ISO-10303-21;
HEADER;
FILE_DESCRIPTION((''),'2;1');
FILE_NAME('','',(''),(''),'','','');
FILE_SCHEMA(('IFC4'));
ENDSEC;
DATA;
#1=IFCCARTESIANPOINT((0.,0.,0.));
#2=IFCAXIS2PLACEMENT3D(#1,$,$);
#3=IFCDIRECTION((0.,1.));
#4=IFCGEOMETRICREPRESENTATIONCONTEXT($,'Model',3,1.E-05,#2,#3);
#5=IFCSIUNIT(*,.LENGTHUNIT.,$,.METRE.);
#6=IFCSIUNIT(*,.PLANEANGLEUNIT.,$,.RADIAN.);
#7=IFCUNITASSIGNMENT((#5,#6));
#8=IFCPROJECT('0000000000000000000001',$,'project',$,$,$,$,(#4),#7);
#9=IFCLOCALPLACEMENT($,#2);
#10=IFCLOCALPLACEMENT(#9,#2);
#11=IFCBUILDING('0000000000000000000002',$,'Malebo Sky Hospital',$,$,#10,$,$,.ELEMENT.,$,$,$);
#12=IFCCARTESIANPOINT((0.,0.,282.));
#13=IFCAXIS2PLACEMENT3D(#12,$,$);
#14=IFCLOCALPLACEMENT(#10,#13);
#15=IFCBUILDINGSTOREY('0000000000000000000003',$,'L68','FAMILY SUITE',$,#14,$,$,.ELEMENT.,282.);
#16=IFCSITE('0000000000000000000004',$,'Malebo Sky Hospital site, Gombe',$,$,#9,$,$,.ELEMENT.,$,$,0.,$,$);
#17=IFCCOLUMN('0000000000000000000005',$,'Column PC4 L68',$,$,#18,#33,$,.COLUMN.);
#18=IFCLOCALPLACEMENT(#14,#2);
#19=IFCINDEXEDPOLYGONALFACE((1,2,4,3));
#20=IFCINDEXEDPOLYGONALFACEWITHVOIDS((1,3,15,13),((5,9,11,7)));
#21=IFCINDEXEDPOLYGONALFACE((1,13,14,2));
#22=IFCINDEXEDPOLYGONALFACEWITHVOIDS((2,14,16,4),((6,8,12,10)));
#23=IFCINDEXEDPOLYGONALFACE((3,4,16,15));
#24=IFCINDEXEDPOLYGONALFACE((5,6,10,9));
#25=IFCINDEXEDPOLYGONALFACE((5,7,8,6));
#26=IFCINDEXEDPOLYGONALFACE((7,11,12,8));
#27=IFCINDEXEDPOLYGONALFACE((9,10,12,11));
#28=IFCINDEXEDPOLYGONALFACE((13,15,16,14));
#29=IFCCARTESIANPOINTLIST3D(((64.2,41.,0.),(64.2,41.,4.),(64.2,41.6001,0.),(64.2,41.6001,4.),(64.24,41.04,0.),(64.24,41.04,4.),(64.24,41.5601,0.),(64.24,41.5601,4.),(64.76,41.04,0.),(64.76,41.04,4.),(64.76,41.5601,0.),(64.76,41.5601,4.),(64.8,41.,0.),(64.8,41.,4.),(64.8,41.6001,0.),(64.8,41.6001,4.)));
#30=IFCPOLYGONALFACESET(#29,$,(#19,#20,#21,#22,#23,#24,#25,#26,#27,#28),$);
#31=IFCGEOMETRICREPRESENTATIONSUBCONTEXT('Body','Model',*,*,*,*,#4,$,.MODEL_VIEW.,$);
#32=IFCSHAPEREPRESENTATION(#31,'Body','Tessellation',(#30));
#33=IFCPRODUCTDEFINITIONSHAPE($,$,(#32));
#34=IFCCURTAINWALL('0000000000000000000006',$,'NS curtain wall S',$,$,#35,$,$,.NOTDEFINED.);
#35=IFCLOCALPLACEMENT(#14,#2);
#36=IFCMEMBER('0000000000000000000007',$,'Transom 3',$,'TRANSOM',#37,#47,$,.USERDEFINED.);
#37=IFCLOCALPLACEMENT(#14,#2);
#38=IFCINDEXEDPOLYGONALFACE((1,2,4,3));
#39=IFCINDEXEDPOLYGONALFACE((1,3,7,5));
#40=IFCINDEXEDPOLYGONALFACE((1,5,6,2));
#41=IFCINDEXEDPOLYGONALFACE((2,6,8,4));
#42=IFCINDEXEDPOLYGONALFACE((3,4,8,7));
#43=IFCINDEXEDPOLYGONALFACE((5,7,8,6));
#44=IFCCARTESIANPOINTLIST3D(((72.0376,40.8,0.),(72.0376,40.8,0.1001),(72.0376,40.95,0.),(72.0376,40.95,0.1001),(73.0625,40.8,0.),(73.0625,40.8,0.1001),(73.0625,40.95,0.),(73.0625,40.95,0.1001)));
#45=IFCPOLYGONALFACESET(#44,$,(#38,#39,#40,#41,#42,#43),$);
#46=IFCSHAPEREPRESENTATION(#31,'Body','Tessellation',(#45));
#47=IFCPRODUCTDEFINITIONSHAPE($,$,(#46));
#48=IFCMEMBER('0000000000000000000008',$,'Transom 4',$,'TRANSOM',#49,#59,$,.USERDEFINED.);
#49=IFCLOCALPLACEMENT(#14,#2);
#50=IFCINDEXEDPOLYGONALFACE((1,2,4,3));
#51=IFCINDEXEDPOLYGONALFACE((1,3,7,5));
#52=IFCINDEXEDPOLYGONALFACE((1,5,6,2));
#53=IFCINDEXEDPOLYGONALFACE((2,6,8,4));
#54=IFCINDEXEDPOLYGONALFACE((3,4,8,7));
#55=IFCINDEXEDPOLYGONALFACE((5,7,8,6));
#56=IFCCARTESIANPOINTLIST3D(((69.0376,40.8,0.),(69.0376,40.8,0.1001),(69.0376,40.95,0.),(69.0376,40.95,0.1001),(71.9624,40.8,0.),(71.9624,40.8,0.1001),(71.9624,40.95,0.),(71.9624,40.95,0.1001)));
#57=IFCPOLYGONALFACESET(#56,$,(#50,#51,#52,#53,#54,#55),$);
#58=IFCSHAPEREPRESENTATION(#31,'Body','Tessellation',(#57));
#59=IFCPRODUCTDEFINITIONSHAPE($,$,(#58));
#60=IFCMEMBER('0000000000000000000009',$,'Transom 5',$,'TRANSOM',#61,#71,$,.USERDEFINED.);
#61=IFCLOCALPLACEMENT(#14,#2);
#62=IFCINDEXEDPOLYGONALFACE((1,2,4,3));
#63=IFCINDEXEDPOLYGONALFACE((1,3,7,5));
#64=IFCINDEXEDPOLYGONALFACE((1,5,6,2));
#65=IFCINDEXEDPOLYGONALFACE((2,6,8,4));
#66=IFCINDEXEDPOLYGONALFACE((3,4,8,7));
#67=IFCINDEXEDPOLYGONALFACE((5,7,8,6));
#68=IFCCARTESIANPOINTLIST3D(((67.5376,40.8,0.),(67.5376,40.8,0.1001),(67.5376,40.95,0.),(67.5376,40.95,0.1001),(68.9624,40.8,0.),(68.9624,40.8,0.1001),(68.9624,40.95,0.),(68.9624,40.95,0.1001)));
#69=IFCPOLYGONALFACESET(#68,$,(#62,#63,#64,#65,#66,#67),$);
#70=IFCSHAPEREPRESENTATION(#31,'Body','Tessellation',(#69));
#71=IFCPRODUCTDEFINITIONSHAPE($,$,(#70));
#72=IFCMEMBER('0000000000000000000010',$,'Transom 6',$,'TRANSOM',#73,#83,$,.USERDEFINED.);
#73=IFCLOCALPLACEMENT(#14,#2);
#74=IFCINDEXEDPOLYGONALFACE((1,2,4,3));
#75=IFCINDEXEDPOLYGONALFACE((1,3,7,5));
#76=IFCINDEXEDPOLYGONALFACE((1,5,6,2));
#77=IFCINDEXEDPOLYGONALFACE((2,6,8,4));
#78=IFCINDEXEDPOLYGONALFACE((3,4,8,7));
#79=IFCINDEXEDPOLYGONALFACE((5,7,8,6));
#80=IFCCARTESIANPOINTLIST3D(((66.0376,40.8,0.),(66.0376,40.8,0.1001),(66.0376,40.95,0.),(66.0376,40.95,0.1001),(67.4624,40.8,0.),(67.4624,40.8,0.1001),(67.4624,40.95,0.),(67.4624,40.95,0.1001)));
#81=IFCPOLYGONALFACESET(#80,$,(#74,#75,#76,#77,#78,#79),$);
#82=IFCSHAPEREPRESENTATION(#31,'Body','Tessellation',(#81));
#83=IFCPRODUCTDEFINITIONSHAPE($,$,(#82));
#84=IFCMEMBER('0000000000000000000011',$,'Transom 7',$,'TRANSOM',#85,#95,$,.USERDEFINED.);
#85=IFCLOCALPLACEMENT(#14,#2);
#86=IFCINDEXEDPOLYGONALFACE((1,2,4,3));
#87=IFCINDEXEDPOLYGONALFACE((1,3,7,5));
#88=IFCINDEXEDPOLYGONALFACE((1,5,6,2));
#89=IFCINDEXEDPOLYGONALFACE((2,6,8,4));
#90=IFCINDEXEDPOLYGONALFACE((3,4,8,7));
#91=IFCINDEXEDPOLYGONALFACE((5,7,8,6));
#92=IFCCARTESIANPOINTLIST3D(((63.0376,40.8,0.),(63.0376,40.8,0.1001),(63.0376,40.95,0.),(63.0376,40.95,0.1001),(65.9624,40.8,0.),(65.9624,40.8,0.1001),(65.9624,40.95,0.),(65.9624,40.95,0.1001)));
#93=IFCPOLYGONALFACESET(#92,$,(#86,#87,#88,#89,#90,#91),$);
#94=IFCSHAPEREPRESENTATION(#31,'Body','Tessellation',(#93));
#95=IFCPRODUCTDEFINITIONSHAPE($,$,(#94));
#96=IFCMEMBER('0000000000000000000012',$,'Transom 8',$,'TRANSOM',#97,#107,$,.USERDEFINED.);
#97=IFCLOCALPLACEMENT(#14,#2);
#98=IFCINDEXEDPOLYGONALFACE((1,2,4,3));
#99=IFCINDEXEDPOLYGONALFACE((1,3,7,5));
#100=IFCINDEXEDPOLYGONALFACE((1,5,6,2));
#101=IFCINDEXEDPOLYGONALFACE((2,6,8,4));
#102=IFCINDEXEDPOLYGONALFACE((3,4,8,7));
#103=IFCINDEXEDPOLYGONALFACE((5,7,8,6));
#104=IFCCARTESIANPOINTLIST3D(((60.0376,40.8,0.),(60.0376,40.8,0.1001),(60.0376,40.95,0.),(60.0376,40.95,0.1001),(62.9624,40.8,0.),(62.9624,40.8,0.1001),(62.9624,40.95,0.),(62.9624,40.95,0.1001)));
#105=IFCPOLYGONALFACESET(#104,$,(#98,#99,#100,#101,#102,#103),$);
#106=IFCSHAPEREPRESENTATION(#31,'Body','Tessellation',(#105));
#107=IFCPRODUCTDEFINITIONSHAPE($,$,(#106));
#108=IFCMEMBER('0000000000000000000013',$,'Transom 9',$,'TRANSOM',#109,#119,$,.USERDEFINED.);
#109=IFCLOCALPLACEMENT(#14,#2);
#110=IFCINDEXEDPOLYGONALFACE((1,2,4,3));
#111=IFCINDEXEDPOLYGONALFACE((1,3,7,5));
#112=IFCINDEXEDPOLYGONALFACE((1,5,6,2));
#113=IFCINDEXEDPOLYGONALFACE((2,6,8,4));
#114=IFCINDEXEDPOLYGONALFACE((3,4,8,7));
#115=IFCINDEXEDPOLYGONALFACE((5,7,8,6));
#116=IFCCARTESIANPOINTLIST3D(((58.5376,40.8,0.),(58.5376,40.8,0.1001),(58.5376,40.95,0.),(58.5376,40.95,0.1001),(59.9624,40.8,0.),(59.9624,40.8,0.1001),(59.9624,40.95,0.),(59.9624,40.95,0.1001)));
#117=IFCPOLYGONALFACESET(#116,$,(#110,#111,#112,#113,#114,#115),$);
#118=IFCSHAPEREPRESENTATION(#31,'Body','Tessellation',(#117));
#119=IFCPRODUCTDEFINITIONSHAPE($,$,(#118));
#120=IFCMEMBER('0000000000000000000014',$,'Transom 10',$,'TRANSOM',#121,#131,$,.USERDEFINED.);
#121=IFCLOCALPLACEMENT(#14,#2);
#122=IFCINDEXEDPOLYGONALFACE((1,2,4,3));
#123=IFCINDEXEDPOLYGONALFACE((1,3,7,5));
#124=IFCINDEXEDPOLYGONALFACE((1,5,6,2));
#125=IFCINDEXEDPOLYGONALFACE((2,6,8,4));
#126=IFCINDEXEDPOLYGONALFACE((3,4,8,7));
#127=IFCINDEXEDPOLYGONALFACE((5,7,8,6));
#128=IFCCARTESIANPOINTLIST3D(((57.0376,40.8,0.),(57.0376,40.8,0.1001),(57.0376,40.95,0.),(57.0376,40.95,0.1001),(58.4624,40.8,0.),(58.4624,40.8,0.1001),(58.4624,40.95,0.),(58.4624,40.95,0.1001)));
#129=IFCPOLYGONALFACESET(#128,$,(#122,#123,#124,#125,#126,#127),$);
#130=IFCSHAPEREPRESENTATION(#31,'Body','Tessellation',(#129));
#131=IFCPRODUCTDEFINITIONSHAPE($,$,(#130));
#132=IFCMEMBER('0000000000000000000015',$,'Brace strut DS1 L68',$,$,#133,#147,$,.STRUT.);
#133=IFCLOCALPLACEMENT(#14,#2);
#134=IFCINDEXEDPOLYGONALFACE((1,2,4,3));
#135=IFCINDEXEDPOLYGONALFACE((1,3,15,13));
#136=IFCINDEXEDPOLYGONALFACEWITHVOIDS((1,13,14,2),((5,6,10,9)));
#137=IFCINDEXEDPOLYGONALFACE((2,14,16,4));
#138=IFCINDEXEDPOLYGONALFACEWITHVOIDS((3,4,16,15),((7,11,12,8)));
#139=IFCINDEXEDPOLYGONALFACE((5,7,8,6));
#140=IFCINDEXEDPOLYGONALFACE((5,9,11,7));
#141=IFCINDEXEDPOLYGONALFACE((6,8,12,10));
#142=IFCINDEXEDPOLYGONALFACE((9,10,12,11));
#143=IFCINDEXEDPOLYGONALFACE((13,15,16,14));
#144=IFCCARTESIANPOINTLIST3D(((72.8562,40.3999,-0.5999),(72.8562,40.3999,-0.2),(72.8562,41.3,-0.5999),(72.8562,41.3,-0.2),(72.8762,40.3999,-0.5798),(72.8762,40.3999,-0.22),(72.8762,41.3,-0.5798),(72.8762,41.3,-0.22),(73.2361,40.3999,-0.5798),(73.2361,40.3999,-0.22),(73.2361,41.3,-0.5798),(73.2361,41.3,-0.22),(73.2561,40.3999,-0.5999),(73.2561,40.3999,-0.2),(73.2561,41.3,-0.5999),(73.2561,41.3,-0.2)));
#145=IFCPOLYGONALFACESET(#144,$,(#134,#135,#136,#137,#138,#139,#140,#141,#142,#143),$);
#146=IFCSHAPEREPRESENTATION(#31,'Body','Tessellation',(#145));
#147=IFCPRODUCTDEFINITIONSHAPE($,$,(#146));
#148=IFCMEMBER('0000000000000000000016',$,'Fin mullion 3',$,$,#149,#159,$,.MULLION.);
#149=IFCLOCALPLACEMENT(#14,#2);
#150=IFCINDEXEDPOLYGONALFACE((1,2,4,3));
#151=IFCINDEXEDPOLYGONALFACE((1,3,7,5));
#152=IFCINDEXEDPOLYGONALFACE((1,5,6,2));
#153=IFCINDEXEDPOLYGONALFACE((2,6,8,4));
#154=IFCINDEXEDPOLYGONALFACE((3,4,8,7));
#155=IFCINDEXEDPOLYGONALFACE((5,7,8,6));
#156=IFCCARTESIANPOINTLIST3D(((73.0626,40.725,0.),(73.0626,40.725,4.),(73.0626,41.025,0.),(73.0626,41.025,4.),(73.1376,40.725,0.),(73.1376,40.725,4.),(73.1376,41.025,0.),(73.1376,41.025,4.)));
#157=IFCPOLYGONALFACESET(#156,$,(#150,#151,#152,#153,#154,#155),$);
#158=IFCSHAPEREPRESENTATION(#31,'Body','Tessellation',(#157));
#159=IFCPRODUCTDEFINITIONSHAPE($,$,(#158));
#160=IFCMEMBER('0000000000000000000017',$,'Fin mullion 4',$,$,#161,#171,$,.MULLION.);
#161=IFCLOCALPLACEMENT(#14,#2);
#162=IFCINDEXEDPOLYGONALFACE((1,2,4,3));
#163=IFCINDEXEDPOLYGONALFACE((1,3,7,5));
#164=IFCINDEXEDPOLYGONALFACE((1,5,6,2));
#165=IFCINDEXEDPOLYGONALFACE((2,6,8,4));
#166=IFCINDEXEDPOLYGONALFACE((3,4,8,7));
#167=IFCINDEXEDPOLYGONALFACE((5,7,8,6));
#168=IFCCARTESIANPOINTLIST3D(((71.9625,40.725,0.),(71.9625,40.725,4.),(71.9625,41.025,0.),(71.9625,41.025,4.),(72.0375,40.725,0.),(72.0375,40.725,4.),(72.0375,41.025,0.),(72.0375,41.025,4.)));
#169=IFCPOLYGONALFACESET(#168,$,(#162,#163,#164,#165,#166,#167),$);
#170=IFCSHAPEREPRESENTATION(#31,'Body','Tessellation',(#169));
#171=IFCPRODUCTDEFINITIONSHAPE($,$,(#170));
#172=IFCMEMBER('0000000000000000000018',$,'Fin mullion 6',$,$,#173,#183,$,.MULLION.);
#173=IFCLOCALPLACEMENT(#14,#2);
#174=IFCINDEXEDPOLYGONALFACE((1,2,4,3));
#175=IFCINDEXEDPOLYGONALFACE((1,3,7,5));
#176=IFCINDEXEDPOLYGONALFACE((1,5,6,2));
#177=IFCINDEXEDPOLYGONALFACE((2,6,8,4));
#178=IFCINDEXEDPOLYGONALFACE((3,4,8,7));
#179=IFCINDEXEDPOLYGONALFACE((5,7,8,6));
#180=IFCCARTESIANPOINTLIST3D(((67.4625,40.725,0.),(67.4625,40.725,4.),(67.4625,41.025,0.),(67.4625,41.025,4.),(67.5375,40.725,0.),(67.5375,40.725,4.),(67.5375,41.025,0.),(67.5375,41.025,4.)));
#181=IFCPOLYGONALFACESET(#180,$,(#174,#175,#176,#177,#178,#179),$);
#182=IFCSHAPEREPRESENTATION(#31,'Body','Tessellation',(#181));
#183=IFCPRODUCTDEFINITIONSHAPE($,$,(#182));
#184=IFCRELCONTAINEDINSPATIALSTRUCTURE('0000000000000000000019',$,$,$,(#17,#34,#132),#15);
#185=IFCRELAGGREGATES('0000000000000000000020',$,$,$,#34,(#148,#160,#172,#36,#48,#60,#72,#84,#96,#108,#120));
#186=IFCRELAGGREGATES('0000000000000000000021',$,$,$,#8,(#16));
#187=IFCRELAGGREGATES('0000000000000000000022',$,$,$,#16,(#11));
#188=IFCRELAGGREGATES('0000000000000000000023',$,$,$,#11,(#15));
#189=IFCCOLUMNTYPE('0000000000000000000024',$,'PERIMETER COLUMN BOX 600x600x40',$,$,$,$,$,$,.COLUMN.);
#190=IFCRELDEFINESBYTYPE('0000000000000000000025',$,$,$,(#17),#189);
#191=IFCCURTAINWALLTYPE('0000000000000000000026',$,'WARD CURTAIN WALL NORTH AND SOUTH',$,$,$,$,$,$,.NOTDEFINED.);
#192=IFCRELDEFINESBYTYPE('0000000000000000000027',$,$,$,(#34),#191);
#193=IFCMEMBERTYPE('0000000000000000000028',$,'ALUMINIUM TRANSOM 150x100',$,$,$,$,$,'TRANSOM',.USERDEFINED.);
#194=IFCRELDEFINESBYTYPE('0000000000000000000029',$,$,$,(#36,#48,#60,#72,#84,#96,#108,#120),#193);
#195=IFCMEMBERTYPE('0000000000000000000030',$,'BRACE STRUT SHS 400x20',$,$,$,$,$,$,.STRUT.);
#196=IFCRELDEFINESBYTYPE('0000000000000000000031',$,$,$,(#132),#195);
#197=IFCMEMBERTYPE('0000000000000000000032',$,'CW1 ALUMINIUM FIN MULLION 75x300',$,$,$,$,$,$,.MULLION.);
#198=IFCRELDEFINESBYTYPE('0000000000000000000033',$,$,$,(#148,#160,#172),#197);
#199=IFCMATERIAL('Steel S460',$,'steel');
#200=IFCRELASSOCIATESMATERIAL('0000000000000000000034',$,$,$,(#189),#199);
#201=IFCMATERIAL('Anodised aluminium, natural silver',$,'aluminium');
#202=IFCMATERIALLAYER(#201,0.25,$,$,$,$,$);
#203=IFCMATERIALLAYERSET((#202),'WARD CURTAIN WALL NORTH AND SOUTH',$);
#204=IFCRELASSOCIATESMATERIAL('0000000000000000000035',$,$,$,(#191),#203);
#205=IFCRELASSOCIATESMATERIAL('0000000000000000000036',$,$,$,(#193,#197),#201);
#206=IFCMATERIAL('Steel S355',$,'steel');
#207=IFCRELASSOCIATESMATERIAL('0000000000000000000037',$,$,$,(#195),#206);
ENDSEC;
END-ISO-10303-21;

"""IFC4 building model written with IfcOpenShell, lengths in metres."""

from ifc_helpers import new_model, si_unit, direction, frame, origin, origin_2d, place, context, subcontext, project, spatial, rectangle, hollow_rectangle, extrude, material, layer, layer_set, material_profile, profile_set, type_object, element, aggregate, save


model = new_model("IFC4")

# Units and contexts
model_context = context("Model", 3, precision=1e-05, world=origin(), true_north=direction((0.0, 1.0)))
body_context = subcontext(model_context, "Body", "Model", "MODEL_VIEW")
ifc_project = project(units=[si_unit("LENGTHUNIT", "METRE"), si_unit("PLANEANGLEUNIT", "RADIAN")], contexts=[model_context])

# Site, building, storey
site_placement = place(None, origin())
site = spatial("IfcSite", under=ifc_project, at=site_placement, Name="Malebo Sky Hospital site, Gombe", CompositionType="ELEMENT", RefElevation=0.0)
building_placement = place(site_placement, origin())
building = spatial("IfcBuilding", under=site, at=building_placement, Name="Malebo Sky Hospital", CompositionType="ELEMENT")
storey_placement = place(building_placement, frame((0.0, 0.0, 282.0)))
storey = spatial("IfcBuildingStorey", under=building, at=storey_placement, Name="L68", Description="FAMILY SUITE", CompositionType="ELEMENT", Elevation=282.0)

# Column
ifc_material_1 = material(Name="Steel S460", Category="steel")
ifc_material_profile_1 = material_profile(ifc_material_1, hollow_rectangle(XDim=0.6001, YDim=0.6001, WallThickness=0.04, at=origin_2d()), Name="BOX 600x600x40")
ifc_profile_set_1 = profile_set([ifc_material_profile_1], Name="Steel S460")
column_type = type_object("IfcColumnType", Name="PERIMETER COLUMN BOX 600x600x40", PredefinedType="COLUMN", material=ifc_profile_set_1)
column_placement = place(storey_placement, frame((64.5, 41.3, 0.0), z_axis=(0.0, 0.0, 1.0), x_axis=(1.0, 0.0, 0.0)))
element("IfcColumn", 1, at=column_placement, inside=storey, type_object=column_type, Name="Column PC4 L68", PredefinedType="COLUMN", context=body_context, shape_type="SweptSolid", body=[
    extrude(hollow_rectangle(XDim=0.6001, YDim=0.6001, WallThickness=0.04, at=origin_2d()), origin(), (0.0, 0.0, 1.0), 4.0),
])

# Curtain wall, members
ifc_material_2 = material(Name="Anodised aluminium, natural silver", Category="aluminium")
ifc_layer_1 = layer(ifc_material_2, 0.25)
ifc_layer_set_1 = layer_set([ifc_layer_1], Name="WARD CURTAIN WALL NORTH AND SOUTH")
curtain_wall_type = type_object("IfcCurtainWallType", Name="WARD CURTAIN WALL NORTH AND SOUTH", PredefinedType="NOTDEFINED", material=ifc_layer_set_1)
curtain_wall_placement = place(storey_placement, origin())
curtain_wall = element("IfcCurtainWall", 2, at=curtain_wall_placement, inside=storey, type_object=curtain_wall_type, Name="NS curtain wall S", PredefinedType="NOTDEFINED")
ifc_material_profile_2 = material_profile(ifc_material_2, rectangle(XDim=0.1499, YDim=0.1001, at=origin_2d()), Name="ALUMINIUM TRANSOM 150x100")
ifc_profile_set_2 = profile_set([ifc_material_profile_2], Name="Anodised aluminium, natural silver")
member_type_1 = type_object("IfcMemberType", Name="ALUMINIUM TRANSOM 150x100", ElementType="TRANSOM", PredefinedType="USERDEFINED", material=ifc_profile_set_2)
member_1_placement = place(storey_placement, frame((73.0625, 40.875, 0.05), z_axis=(-1.0, 0.0, 0.0), x_axis=(0.0, -1.0, 0.0)))
member_1 = element("IfcMember", 3, at=member_1_placement, type_object=member_type_1, Name="Transom 3", ObjectType="TRANSOM", PredefinedType="USERDEFINED", context=body_context, shape_type="SweptSolid", body=[
    extrude(rectangle(XDim=0.1499, YDim=0.1001, at=origin_2d()), origin(), (0.0, 0.0, 1.0), 1.0249),
])
member_2_placement = place(storey_placement, frame((71.9624, 40.875, 0.05), z_axis=(-1.0, 0.0, 0.0), x_axis=(0.0, -1.0, 0.0)))
member_2 = element("IfcMember", 4, at=member_2_placement, type_object=member_type_1, Name="Transom 4", ObjectType="TRANSOM", PredefinedType="USERDEFINED", context=body_context, shape_type="SweptSolid", body=[
    extrude(rectangle(XDim=0.1499, YDim=0.1001, at=origin_2d()), origin(), (0.0, 0.0, 1.0), 2.9248),
])
member_3_placement = place(storey_placement, frame((68.9624, 40.875, 0.05), z_axis=(-1.0, 0.0, 0.0), x_axis=(0.0, -1.0, 0.0)))
member_3 = element("IfcMember", 5, at=member_3_placement, type_object=member_type_1, Name="Transom 5", ObjectType="TRANSOM", PredefinedType="USERDEFINED", context=body_context, shape_type="SweptSolid", body=[
    extrude(rectangle(XDim=0.1499, YDim=0.1001, at=origin_2d()), origin(), (0.0, 0.0, 1.0), 1.4248),
])
member_4_placement = place(storey_placement, frame((67.4624, 40.875, 0.05), z_axis=(-1.0, 0.0, 0.0), x_axis=(0.0, -1.0, 0.0)))
member_4 = element("IfcMember", 6, at=member_4_placement, type_object=member_type_1, Name="Transom 6", ObjectType="TRANSOM", PredefinedType="USERDEFINED", context=body_context, shape_type="SweptSolid", body=[
    extrude(rectangle(XDim=0.1499, YDim=0.1001, at=origin_2d()), origin(), (0.0, 0.0, 1.0), 1.4248),
])
member_5_placement = place(storey_placement, frame((65.9624, 40.875, 0.05), z_axis=(-1.0, 0.0, 0.0), x_axis=(0.0, -1.0, 0.0)))
member_5 = element("IfcMember", 7, at=member_5_placement, type_object=member_type_1, Name="Transom 7", ObjectType="TRANSOM", PredefinedType="USERDEFINED", context=body_context, shape_type="SweptSolid", body=[
    extrude(rectangle(XDim=0.1499, YDim=0.1001, at=origin_2d()), origin(), (0.0, 0.0, 1.0), 2.9248),
])
member_6_placement = place(storey_placement, frame((62.9624, 40.875, 0.05), z_axis=(-1.0, 0.0, 0.0), x_axis=(0.0, -1.0, 0.0)))
member_6 = element("IfcMember", 8, at=member_6_placement, type_object=member_type_1, Name="Transom 8", ObjectType="TRANSOM", PredefinedType="USERDEFINED", context=body_context, shape_type="SweptSolid", body=[
    extrude(rectangle(XDim=0.1499, YDim=0.1001, at=origin_2d()), origin(), (0.0, 0.0, 1.0), 2.9248),
])
member_7_placement = place(storey_placement, frame((59.9624, 40.875, 0.05), z_axis=(-1.0, 0.0, 0.0), x_axis=(0.0, -1.0, 0.0)))
member_7 = element("IfcMember", 9, at=member_7_placement, type_object=member_type_1, Name="Transom 9", ObjectType="TRANSOM", PredefinedType="USERDEFINED", context=body_context, shape_type="SweptSolid", body=[
    extrude(rectangle(XDim=0.1499, YDim=0.1001, at=origin_2d()), origin(), (0.0, 0.0, 1.0), 1.4248),
])
member_8_placement = place(storey_placement, frame((58.4624, 40.875, 0.05), z_axis=(-1.0, 0.0, 0.0), x_axis=(0.0, -1.0, 0.0)))
member_8 = element("IfcMember", 10, at=member_8_placement, type_object=member_type_1, Name="Transom 10", ObjectType="TRANSOM", PredefinedType="USERDEFINED", context=body_context, shape_type="SweptSolid", body=[
    extrude(rectangle(XDim=0.1499, YDim=0.1001, at=origin_2d()), origin(), (0.0, 0.0, 1.0), 1.4248),
])

# Members
ifc_material_3 = material(Name="Steel S355", Category="steel")
ifc_material_profile_3 = material_profile(ifc_material_3, hollow_rectangle(XDim=0.3999, YDim=0.3999, WallThickness=0.02, at=origin_2d()), Name="SHS 400x20")
ifc_profile_set_3 = profile_set([ifc_material_profile_3], Name="Steel S355")
member_type_2 = type_object("IfcMemberType", Name="BRACE STRUT SHS 400x20", PredefinedType="STRUT", material=ifc_profile_set_3)
member_9_placement = place(storey_placement, frame((73.0562, 40.3999, -0.3999), z_axis=(0.0, 1.0, 0.0), x_axis=(-1.0, 0.0, 0.0)))
element("IfcMember", 11, at=member_9_placement, inside=storey, type_object=member_type_2, Name="Brace strut DS1 L68", PredefinedType="STRUT", context=body_context, shape_type="SweptSolid", body=[
    extrude(hollow_rectangle(XDim=0.3999, YDim=0.3999, WallThickness=0.02, at=origin_2d()), origin(), (0.0, 0.0, 1.0), 0.9001),
])
ifc_material_profile_4 = material_profile(ifc_material_2, rectangle(XDim=0.075, YDim=0.3, at=origin_2d()), Name="CW1 ALUMINIUM FIN MULLION 75x300")
ifc_profile_set_4 = profile_set([ifc_material_profile_4], Name="Anodised aluminium, natural silver")
member_type_3 = type_object("IfcMemberType", Name="CW1 ALUMINIUM FIN MULLION 75x300", PredefinedType="MULLION", material=ifc_profile_set_4)
member_10_placement = place(storey_placement, frame((73.1001, 40.875, 0.0), z_axis=(0.0, 0.0, 1.0), x_axis=(-1.0, 0.0, 0.0)))
member_10 = element("IfcMember", 12, at=member_10_placement, type_object=member_type_3, Name="Fin mullion 3", PredefinedType="MULLION", context=body_context, shape_type="SweptSolid", body=[
    extrude(rectangle(XDim=0.075, YDim=0.3, at=origin_2d()), origin(), (0.0, 0.0, 1.0), 4.0),
])
member_11_placement = place(storey_placement, frame((72.0, 40.875, 0.0), z_axis=(0.0, 0.0, 1.0), x_axis=(-1.0, 0.0, 0.0)))
member_11 = element("IfcMember", 13, at=member_11_placement, type_object=member_type_3, Name="Fin mullion 4", PredefinedType="MULLION", context=body_context, shape_type="SweptSolid", body=[
    extrude(rectangle(XDim=0.075, YDim=0.3, at=origin_2d()), origin(), (0.0, 0.0, 1.0), 4.0),
])
member_12_placement = place(storey_placement, frame((67.5, 40.875, 0.0), z_axis=(0.0, 0.0, 1.0), x_axis=(-1.0, 0.0, 0.0)))
member_12 = element("IfcMember", 14, at=member_12_placement, type_object=member_type_3, Name="Fin mullion 6", PredefinedType="MULLION", context=body_context, shape_type="SweptSolid", body=[
    extrude(rectangle(XDim=0.075, YDim=0.3, at=origin_2d()), origin(), (0.0, 0.0, 1.0), 4.0),
])

aggregate(curtain_wall, [member_10, member_11, member_12, member_1, member_2, member_3, member_4, member_5, member_6, member_7, member_8])

save(model, "model.ifc")
